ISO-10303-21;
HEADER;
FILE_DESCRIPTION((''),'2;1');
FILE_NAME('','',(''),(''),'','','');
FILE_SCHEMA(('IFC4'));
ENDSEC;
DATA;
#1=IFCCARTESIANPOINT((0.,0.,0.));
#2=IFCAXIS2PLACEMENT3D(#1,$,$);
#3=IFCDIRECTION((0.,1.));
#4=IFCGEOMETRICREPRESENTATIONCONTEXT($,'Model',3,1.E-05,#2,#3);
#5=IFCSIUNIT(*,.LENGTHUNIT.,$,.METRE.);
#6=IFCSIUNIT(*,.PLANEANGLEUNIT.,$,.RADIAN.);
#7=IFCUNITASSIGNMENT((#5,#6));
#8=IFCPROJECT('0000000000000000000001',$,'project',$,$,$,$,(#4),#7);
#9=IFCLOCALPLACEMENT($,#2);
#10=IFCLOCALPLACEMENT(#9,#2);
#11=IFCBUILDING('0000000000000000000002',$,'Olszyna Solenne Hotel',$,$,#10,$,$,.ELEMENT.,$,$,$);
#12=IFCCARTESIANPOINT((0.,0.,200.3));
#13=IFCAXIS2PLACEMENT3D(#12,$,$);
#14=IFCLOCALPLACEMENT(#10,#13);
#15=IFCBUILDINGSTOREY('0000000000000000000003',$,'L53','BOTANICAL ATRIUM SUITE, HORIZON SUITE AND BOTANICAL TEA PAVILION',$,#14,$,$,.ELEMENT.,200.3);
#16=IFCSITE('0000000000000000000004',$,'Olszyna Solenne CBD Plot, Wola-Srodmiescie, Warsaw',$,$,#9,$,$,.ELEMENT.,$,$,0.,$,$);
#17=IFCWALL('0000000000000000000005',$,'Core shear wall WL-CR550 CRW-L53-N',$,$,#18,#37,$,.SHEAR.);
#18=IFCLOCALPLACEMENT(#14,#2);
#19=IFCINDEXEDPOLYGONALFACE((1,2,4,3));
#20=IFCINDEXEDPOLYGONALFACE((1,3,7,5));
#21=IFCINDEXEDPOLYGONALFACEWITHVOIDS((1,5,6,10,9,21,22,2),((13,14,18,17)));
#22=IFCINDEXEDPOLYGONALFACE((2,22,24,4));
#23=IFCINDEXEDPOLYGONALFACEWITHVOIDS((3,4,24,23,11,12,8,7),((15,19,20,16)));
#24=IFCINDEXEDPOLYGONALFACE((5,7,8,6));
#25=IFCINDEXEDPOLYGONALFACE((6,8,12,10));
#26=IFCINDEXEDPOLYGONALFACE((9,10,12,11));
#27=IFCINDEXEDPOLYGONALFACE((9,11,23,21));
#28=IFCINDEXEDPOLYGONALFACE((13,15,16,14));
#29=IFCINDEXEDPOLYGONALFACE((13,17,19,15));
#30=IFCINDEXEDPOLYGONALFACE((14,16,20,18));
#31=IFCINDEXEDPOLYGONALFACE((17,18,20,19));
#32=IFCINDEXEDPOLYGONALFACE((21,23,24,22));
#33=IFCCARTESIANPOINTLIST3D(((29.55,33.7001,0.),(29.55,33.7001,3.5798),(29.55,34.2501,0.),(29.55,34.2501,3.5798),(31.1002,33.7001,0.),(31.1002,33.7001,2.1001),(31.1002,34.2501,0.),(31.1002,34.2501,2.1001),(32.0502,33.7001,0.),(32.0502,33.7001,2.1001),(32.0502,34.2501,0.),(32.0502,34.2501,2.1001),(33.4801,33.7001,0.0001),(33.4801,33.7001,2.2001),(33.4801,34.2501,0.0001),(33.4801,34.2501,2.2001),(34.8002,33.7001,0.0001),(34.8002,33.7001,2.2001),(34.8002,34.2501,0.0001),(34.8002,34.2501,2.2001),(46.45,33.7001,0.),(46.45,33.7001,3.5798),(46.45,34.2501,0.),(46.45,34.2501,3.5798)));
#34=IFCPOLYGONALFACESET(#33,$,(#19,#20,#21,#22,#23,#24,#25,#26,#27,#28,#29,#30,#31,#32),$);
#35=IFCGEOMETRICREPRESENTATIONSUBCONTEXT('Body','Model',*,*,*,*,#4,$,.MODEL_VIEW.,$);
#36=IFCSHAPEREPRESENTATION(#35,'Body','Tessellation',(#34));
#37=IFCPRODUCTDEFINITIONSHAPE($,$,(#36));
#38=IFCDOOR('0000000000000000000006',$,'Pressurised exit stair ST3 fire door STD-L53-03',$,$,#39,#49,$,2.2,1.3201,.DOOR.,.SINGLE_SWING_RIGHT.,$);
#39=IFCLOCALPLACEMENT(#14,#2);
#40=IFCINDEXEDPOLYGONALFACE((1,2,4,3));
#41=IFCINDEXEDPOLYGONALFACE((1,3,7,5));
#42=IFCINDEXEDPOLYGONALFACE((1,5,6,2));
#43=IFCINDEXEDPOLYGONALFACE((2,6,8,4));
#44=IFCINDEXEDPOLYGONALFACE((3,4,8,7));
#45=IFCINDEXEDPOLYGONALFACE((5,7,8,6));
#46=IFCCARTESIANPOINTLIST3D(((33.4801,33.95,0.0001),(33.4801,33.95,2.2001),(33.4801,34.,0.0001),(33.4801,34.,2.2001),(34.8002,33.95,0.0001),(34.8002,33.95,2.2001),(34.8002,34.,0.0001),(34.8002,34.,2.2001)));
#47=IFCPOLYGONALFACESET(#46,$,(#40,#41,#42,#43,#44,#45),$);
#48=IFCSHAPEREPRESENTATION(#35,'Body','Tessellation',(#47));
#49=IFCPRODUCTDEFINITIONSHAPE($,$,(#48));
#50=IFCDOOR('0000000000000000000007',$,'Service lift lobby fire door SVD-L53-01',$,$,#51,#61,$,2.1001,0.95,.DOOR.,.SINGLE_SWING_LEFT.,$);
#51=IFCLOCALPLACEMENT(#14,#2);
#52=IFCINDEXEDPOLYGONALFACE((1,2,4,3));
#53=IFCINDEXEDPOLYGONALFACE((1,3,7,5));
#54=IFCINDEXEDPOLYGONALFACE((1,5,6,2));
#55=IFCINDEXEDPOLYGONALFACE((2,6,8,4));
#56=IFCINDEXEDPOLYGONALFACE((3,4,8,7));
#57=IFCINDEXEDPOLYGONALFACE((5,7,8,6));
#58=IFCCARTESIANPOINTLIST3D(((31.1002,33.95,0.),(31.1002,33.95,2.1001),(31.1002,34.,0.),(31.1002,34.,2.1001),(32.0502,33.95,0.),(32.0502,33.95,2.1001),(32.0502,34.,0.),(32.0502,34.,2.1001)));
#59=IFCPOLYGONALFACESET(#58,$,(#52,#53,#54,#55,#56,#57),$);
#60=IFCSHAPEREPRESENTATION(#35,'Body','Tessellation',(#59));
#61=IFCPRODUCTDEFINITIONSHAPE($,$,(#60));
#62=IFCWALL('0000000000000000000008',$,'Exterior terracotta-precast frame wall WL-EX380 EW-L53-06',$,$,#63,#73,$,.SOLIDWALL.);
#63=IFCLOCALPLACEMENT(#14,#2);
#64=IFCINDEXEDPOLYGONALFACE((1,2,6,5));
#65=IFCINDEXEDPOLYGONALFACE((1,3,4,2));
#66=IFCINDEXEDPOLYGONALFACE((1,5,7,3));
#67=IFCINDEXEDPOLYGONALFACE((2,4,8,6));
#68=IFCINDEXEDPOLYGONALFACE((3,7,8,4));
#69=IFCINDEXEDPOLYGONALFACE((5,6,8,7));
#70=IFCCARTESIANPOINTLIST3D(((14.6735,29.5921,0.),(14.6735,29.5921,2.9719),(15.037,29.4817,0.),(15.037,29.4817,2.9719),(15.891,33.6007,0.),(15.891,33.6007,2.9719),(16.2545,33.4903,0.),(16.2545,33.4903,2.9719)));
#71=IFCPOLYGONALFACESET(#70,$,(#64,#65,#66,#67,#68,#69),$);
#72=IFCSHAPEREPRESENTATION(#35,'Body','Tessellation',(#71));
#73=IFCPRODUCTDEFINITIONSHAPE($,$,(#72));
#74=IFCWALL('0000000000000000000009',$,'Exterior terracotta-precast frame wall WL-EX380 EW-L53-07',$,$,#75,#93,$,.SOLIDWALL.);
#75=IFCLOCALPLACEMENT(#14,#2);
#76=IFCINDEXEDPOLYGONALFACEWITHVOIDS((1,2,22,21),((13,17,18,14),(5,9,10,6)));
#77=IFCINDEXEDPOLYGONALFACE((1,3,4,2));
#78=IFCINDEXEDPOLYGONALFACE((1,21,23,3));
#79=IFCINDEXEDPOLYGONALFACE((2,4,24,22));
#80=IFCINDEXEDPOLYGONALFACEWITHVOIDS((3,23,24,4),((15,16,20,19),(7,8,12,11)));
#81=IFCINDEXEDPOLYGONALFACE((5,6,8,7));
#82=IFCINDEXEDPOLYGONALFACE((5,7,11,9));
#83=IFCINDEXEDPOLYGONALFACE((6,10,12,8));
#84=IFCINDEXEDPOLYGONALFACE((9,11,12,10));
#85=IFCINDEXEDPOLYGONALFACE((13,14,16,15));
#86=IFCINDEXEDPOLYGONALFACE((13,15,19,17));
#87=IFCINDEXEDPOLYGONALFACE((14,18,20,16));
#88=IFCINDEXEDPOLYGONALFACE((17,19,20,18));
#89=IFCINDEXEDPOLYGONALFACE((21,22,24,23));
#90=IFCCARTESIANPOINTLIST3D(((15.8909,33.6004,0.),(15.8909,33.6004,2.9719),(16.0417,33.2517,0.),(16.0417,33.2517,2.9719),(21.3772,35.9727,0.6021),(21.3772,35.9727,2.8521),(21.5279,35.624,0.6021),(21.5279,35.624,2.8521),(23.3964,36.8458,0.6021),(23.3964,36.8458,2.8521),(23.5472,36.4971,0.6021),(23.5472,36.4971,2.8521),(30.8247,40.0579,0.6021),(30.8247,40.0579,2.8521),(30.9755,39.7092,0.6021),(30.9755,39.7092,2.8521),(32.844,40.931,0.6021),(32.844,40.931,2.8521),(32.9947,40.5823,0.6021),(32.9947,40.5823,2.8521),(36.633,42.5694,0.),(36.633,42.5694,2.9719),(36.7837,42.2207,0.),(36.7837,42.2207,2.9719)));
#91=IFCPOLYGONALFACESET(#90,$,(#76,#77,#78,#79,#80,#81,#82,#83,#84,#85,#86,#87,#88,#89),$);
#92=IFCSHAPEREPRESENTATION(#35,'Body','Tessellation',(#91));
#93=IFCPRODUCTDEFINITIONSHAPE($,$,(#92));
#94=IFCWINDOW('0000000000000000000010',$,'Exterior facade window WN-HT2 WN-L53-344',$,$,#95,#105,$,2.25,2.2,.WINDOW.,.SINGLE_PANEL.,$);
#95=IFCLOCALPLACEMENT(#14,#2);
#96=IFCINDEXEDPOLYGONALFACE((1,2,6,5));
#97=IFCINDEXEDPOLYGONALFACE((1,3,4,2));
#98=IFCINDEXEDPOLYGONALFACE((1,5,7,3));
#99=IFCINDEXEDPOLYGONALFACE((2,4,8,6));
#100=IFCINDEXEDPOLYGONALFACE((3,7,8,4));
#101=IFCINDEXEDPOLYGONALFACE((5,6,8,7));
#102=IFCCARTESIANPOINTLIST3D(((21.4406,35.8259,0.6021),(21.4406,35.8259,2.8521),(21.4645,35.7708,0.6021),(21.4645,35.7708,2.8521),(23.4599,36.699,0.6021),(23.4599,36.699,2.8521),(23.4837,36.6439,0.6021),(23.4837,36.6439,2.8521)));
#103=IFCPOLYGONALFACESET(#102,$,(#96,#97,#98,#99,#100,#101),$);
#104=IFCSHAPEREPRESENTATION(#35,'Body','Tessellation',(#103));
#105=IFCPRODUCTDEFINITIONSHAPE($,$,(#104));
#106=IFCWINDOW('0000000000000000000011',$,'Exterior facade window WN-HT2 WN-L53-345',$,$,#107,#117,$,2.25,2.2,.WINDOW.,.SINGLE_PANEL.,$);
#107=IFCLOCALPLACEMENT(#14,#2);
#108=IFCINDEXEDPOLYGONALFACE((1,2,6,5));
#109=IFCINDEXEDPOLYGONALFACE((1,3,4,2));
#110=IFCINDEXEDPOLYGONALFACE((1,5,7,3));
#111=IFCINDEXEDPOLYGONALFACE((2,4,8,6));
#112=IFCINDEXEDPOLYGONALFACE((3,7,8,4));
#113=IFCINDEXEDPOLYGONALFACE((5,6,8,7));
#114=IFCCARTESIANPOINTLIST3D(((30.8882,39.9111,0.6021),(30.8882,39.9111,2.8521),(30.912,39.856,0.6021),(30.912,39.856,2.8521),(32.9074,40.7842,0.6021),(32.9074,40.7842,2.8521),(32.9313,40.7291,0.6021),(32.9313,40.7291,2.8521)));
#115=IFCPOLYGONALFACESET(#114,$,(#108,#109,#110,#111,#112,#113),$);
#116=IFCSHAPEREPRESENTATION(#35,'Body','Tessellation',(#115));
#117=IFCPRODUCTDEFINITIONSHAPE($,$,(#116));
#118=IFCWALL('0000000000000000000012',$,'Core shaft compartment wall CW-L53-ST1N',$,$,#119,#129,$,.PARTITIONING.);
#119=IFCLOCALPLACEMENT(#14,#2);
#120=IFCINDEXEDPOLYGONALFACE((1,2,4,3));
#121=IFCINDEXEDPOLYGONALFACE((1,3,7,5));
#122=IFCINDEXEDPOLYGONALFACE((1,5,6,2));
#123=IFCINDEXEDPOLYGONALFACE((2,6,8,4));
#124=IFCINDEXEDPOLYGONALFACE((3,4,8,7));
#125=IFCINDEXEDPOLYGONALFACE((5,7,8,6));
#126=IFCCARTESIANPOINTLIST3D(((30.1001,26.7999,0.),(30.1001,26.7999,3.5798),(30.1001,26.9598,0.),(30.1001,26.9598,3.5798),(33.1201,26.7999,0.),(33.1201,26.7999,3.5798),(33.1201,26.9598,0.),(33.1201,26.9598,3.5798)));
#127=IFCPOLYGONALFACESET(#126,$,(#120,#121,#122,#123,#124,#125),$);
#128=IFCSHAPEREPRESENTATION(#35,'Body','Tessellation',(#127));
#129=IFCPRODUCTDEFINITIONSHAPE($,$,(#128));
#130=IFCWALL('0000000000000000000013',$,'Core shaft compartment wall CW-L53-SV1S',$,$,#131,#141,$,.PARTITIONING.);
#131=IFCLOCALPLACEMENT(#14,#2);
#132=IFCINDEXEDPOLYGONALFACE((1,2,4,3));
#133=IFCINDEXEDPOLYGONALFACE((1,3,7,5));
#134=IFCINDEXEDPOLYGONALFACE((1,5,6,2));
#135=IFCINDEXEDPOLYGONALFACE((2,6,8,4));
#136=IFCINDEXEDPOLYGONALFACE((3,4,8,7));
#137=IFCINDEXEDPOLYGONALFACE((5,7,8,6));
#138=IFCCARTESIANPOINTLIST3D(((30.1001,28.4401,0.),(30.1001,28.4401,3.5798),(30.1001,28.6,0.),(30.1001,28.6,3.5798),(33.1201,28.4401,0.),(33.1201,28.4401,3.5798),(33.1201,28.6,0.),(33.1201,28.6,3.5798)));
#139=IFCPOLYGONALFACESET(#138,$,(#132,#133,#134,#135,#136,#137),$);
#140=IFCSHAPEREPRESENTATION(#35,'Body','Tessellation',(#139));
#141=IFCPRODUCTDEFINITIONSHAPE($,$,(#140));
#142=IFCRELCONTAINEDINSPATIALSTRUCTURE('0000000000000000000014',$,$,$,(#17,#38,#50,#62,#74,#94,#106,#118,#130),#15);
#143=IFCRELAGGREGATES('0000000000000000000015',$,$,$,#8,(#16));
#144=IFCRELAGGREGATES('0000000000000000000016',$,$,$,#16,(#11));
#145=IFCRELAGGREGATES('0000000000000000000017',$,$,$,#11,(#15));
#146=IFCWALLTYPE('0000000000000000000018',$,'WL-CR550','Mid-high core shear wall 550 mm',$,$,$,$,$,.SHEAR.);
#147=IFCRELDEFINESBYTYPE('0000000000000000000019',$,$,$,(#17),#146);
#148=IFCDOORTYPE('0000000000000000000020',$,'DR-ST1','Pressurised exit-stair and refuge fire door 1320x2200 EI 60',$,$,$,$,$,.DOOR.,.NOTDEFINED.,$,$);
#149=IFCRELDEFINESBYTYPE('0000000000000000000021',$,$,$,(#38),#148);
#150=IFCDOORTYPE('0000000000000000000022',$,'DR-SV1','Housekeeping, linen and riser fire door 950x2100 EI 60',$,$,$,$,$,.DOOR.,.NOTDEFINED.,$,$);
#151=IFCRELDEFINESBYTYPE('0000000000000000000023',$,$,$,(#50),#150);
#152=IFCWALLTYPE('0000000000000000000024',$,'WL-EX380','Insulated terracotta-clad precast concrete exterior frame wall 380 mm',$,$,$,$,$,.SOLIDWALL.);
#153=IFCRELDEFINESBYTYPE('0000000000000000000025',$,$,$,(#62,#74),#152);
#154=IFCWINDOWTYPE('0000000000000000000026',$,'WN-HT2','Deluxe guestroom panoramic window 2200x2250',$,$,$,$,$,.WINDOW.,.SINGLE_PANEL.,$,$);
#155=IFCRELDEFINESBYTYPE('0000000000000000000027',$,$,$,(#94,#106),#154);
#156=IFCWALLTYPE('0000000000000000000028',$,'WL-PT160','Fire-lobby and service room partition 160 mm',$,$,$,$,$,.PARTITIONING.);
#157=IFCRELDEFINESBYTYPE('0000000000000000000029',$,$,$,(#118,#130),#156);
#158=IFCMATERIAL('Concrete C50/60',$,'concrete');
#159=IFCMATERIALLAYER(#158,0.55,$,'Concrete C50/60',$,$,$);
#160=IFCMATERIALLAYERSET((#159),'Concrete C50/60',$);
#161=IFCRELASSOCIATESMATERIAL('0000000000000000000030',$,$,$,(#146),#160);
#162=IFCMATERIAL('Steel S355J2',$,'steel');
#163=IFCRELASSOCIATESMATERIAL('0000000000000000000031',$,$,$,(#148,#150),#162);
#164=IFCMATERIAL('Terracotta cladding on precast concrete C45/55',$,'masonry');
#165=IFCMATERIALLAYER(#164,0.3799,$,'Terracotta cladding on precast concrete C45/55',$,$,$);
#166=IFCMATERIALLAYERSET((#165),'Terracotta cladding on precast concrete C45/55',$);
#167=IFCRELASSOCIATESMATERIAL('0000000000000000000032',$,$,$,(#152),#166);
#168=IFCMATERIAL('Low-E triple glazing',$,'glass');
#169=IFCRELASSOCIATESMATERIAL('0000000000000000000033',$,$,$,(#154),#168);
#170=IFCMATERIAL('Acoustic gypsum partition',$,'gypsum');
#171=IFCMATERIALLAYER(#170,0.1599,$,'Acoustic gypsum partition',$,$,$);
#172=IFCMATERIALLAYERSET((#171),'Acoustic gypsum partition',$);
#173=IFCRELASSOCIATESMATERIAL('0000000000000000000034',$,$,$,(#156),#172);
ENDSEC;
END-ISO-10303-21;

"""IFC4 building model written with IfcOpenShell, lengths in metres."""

from ifc_helpers import new_model, si_unit, direction, frame, frame_2d, origin, place, context, subcontext, project, spatial, rectangle, extrude, source, transform, mapped, material, layer, layer_set, type_object, type_shapes, element, fill, save


model = new_model("IFC4")

# Units and contexts
model_context = context("Model", 3, precision=1e-05, world=origin(), true_north=direction((0.0, 1.0)))
body_context = subcontext(model_context, "Body", "Model", "MODEL_VIEW")
ifc_project = project(units=[si_unit("LENGTHUNIT", "METRE"), si_unit("PLANEANGLEUNIT", "RADIAN")], contexts=[model_context])

# Site, building, storey
site_placement = place(None, origin())
site = spatial("IfcSite", under=ifc_project, at=site_placement, Name="Olszyna Solenne CBD Plot, Wola-Srodmiescie, Warsaw", CompositionType="ELEMENT", RefElevation=0.0)
building_placement = place(site_placement, origin())
building = spatial("IfcBuilding", under=site, at=building_placement, Name="Olszyna Solenne Hotel", CompositionType="ELEMENT")
storey_placement = place(building_placement, frame((0.0, 0.0, 200.3)))
storey = spatial("IfcBuildingStorey", under=building, at=storey_placement, Name="L53", Description="BOTANICAL ATRIUM SUITE, HORIZON SUITE AND BOTANICAL TEA PAVILION", CompositionType="ELEMENT", Elevation=200.3)

# Shared definitions
ifc_material_1 = material(Name="Steel S355J2", Category="steel")

# Shared definitions
ifc_material_2 = material(Name="Concrete C50/60", Category="concrete")

# Wall, openings, doors
ifc_layer_1 = layer(ifc_material_2, 0.55, Name="Concrete C50/60")
ifc_layer_set_1 = layer_set([ifc_layer_1], Name="Concrete C50/60")
wall_type_1 = type_object("IfcWallType", Name="WL-CR550", Description="Mid-high core shear wall 550 mm", PredefinedType="SHEAR", material=ifc_layer_set_1)
wall_1_placement = place(storey_placement, frame((29.55, 33.9751, 0.0), z_axis=(0.0, 0.0, 1.0), x_axis=(1.0, 0.0, 0.0)))
wall_1 = element("IfcWall", 1, at=wall_1_placement, inside=storey, type_object=wall_type_1, Name="Core shear wall WL-CR550 CRW-L53-N", PredefinedType="SHEAR", context=body_context, shape_type="SweptSolid", body=[
    extrude(rectangle(XDim=16.8999, YDim=0.55, at=frame_2d((8.45, 0.0))), origin(), (0.0, 0.0, 1.0), 3.5798),
])
opening_1_placement = place(wall_1_placement, frame((1.55, 0.0, 0.0)))
opening_1 = element("IfcOpeningElement", 2, at=opening_1_placement, cuts=wall_1, PredefinedType="OPENING", context=body_context, shape_type="SweptSolid", body=[
    extrude(rectangle(XDim=0.95, YDim=2.1001, at=frame_2d((0.4751, 1.05))), frame((0.0, 0.2852, 0.0), z_axis=(0.0, -1.0, 0.0), x_axis=(1.0, 0.0, 0.0)), (0.0, 0.0, 1.0), 0.5701),
])
opening_2_placement = place(wall_1_placement, frame((3.9299, 0.0, 0.0)))
opening_2 = element("IfcOpeningElement", 3, at=opening_2_placement, cuts=wall_1, PredefinedType="OPENING", context=body_context, shape_type="SweptSolid", body=[
    extrude(rectangle(XDim=1.3201, YDim=2.2, at=frame_2d((0.6602, 1.1001))), frame((0.0, 0.2852, 0.0), z_axis=(0.0, -1.0, 0.0), x_axis=(1.0, 0.0, 0.0)), (0.0, 0.0, 1.0), 0.5701),
])
door_type_1 = type_object("IfcDoorType", Name="DR-ST1", Description="Pressurised exit-stair and refuge fire door 1320x2200 EI 60", OperationType="NOTDEFINED", PredefinedType="DOOR", material=ifc_material_1)
shared_shape_1 = source(origin(), body_context, "Body", "SweptSolid", [
    extrude(rectangle(XDim=1.3201, YDim=2.2, at=frame_2d((0.6602, 1.1001))), frame((0.0, 0.0249, 0.0), z_axis=(0.0, -1.0, 0.0), x_axis=(1.0, 0.0, 0.0)), (0.0, 0.0, 1.0), 0.05),
])
type_shapes(door_type_1, [shared_shape_1])
door_1_placement = place(opening_2_placement, origin())
door_1 = element("IfcDoor", 4, at=door_1_placement, inside=storey, type_object=door_type_1, Name="Pressurised exit stair ST3 fire door STD-L53-03", OperationType="SINGLE_SWING_RIGHT", OverallHeight=2.2, OverallWidth=1.3201, PredefinedType="DOOR", context=body_context, shape_type="MappedRepresentation", body=[
    mapped(shared_shape_1, transform((0.0, 0.0, 0.0), x_axis=(1.0, 0.0, 0.0), y_axis=(0.0, 1.0, 0.0), z_axis=(0.0, 0.0, 1.0), scale=1.0)),
])
fill(opening_2, door_1)
door_type_2 = type_object("IfcDoorType", Name="DR-SV1", Description="Housekeeping, linen and riser fire door 950x2100 EI 60", OperationType="NOTDEFINED", PredefinedType="DOOR", material=ifc_material_1)
shared_shape_2 = source(origin(), body_context, "Body", "SweptSolid", [
    extrude(rectangle(XDim=0.95, YDim=2.1001, at=frame_2d((0.4751, 1.05))), frame((0.0, 0.0249, 0.0), z_axis=(0.0, -1.0, 0.0), x_axis=(1.0, 0.0, 0.0)), (0.0, 0.0, 1.0), 0.05),
])
type_shapes(door_type_2, [shared_shape_2])
door_2_placement = place(opening_1_placement, origin())
door_2 = element("IfcDoor", 5, at=door_2_placement, inside=storey, type_object=door_type_2, Name="Service lift lobby fire door SVD-L53-01", OperationType="SINGLE_SWING_LEFT", OverallHeight=2.1001, OverallWidth=0.95, PredefinedType="DOOR", context=body_context, shape_type="MappedRepresentation", body=[
    mapped(shared_shape_2, transform((0.0, 0.0, 0.0), x_axis=(1.0, 0.0, 0.0), y_axis=(0.0, 1.0, 0.0), z_axis=(0.0, 0.0, 1.0), scale=1.0)),
])
fill(opening_1, door_2)

# Wall
ifc_material_3 = material(Name="Terracotta cladding on precast concrete C45/55", Category="masonry")
ifc_layer_2 = layer(ifc_material_3, 0.3799, Name="Terracotta cladding on precast concrete C45/55")
ifc_layer_set_2 = layer_set([ifc_layer_2], Name="Terracotta cladding on precast concrete C45/55")
wall_type_2 = type_object("IfcWallType", Name="WL-EX380", Description="Insulated terracotta-clad precast concrete exterior frame wall 380 mm", PredefinedType="SOLIDWALL", material=ifc_layer_set_2)
wall_2_placement = place(storey_placement, frame((14.8552, 29.5369, 0.0), z_axis=(0.0, 0.0, 1.0), x_axis=(0.290624, 0.956837, 0.0)))
element("IfcWall", 6, at=wall_2_placement, inside=storey, type_object=wall_type_2, Name="Exterior terracotta-precast frame wall WL-EX380 EW-L53-06", PredefinedType="SOLIDWALL", context=body_context, shape_type="SweptSolid", body=[
    extrude(rectangle(XDim=4.1895, YDim=0.3799, at=frame_2d((2.0947, 0.0))), origin(), (0.0, 0.0, 1.0), 2.9719),
])

# Wall, openings, windows
wall_3_placement = place(storey_placement, frame((15.9663, 33.426, 0.0), z_axis=(0.0, 0.0, 1.0), x_axis=(0.917865, 0.396893, 0.0)))
wall_3 = element("IfcWall", 7, at=wall_3_placement, inside=storey, type_object=wall_type_2, Name="Exterior terracotta-precast frame wall WL-EX380 EW-L53-07", PredefinedType="SOLIDWALL", context=body_context, shape_type="SweptSolid", body=[
    extrude(rectangle(XDim=22.5981, YDim=0.3799, at=frame_2d((11.2991, 0.0))), origin(), (0.0, 0.0, 1.0), 2.9719),
])
opening_3_placement = place(wall_3_placement, frame((5.9771, 0.0, 0.6021)))
opening_3 = element("IfcOpeningElement", 8, at=opening_3_placement, cuts=wall_3, PredefinedType="OPENING", context=body_context, shape_type="SweptSolid", body=[
    extrude(rectangle(XDim=2.2, YDim=2.25, at=frame_2d((1.1001, 1.125))), frame((0.0, 0.2, 0.0), z_axis=(0.0, -1.0, 0.0), x_axis=(1.0, 0.0, 0.0)), (0.0, 0.0, 1.0), 0.3999),
])
opening_4_placement = place(wall_3_placement, frame((16.27, 0.0, 0.6021)))
opening_4 = element("IfcOpeningElement", 9, at=opening_4_placement, cuts=wall_3, PredefinedType="OPENING", context=body_context, shape_type="SweptSolid", body=[
    extrude(rectangle(XDim=2.2, YDim=2.25, at=frame_2d((1.1001, 1.125))), frame((0.0, 0.2, 0.0), z_axis=(0.0, -1.0, 0.0), x_axis=(1.0, 0.0, 0.0)), (0.0, 0.0, 1.0), 0.3999),
])
ifc_material_4 = material(Name="Low-E triple glazing", Category="glass")
window_type = type_object("IfcWindowType", Name="WN-HT2", Description="Deluxe guestroom panoramic window 2200x2250", PartitioningType="SINGLE_PANEL", PredefinedType="WINDOW", material=ifc_material_4)
shared_shape_3 = source(origin(), body_context, "Body", "SweptSolid", [
    extrude(rectangle(XDim=2.2, YDim=2.25, at=frame_2d((1.1001, 1.125))), frame((0.0, 0.03, 0.0), z_axis=(0.0, -1.0, 0.0), x_axis=(1.0, 0.0, 0.0)), (0.0, 0.0, 1.0), 0.0601),
])
type_shapes(window_type, [shared_shape_3])
window_1_placement = place(opening_3_placement, origin())
window_1 = element("IfcWindow", 10, at=window_1_placement, inside=storey, type_object=window_type, Name="Exterior facade window WN-HT2 WN-L53-344", OverallHeight=2.25, OverallWidth=2.2, PartitioningType="SINGLE_PANEL", PredefinedType="WINDOW", context=body_context, shape_type="MappedRepresentation", body=[
    mapped(shared_shape_3, transform((0.0, 0.0, 0.0), x_axis=(1.0, 0.0, 0.0), y_axis=(0.0, 1.0, 0.0), z_axis=(0.0, 0.0, 1.0), scale=1.0)),
])
fill(opening_3, window_1)
window_2_placement = place(opening_4_placement, origin())
window_2 = element("IfcWindow", 11, at=window_2_placement, inside=storey, type_object=window_type, Name="Exterior facade window WN-HT2 WN-L53-345", OverallHeight=2.25, OverallWidth=2.2, PartitioningType="SINGLE_PANEL", PredefinedType="WINDOW", context=body_context, shape_type="MappedRepresentation", body=[
    mapped(shared_shape_3, transform((0.0, 0.0, 0.0), x_axis=(1.0, 0.0, 0.0), y_axis=(0.0, 1.0, 0.0), z_axis=(0.0, 0.0, 1.0), scale=1.0)),
])
fill(opening_4, window_2)

# Walls
ifc_material_5 = material(Name="Acoustic gypsum partition", Category="gypsum")
ifc_layer_3 = layer(ifc_material_5, 0.1599, Name="Acoustic gypsum partition")
ifc_layer_set_3 = layer_set([ifc_layer_3], Name="Acoustic gypsum partition")
wall_type_3 = type_object("IfcWallType", Name="WL-PT160", Description="Fire-lobby and service room partition 160 mm", PredefinedType="PARTITIONING", material=ifc_layer_set_3)
for number, where, z_axis, x_axis, name in (
    (12, (30.1001, 26.8799, 0.0), (0.0, 0.0, 1.0), (1.0, 0.0, 0.0), "Core shaft compartment wall CW-L53-ST1N"),
    (13, (30.1001, 28.52, 0.0), (0.0, 0.0, 1.0), (1.0, 0.0, 0.0), "Core shaft compartment wall CW-L53-SV1S"),
):
    element("IfcWall", number, at=place(storey_placement, frame(where, z_axis=z_axis, x_axis=x_axis)), inside=storey, type_object=wall_type_3, Name=name, PredefinedType="PARTITIONING", context=body_context, shape_type="SweptSolid", body=[
        extrude(rectangle(XDim=3.02, YDim=0.1599, at=frame_2d((1.51, 0.0))), origin(), (0.0, 0.0, 1.0), 3.5798),
    ])

save(model, "model.ifc")
